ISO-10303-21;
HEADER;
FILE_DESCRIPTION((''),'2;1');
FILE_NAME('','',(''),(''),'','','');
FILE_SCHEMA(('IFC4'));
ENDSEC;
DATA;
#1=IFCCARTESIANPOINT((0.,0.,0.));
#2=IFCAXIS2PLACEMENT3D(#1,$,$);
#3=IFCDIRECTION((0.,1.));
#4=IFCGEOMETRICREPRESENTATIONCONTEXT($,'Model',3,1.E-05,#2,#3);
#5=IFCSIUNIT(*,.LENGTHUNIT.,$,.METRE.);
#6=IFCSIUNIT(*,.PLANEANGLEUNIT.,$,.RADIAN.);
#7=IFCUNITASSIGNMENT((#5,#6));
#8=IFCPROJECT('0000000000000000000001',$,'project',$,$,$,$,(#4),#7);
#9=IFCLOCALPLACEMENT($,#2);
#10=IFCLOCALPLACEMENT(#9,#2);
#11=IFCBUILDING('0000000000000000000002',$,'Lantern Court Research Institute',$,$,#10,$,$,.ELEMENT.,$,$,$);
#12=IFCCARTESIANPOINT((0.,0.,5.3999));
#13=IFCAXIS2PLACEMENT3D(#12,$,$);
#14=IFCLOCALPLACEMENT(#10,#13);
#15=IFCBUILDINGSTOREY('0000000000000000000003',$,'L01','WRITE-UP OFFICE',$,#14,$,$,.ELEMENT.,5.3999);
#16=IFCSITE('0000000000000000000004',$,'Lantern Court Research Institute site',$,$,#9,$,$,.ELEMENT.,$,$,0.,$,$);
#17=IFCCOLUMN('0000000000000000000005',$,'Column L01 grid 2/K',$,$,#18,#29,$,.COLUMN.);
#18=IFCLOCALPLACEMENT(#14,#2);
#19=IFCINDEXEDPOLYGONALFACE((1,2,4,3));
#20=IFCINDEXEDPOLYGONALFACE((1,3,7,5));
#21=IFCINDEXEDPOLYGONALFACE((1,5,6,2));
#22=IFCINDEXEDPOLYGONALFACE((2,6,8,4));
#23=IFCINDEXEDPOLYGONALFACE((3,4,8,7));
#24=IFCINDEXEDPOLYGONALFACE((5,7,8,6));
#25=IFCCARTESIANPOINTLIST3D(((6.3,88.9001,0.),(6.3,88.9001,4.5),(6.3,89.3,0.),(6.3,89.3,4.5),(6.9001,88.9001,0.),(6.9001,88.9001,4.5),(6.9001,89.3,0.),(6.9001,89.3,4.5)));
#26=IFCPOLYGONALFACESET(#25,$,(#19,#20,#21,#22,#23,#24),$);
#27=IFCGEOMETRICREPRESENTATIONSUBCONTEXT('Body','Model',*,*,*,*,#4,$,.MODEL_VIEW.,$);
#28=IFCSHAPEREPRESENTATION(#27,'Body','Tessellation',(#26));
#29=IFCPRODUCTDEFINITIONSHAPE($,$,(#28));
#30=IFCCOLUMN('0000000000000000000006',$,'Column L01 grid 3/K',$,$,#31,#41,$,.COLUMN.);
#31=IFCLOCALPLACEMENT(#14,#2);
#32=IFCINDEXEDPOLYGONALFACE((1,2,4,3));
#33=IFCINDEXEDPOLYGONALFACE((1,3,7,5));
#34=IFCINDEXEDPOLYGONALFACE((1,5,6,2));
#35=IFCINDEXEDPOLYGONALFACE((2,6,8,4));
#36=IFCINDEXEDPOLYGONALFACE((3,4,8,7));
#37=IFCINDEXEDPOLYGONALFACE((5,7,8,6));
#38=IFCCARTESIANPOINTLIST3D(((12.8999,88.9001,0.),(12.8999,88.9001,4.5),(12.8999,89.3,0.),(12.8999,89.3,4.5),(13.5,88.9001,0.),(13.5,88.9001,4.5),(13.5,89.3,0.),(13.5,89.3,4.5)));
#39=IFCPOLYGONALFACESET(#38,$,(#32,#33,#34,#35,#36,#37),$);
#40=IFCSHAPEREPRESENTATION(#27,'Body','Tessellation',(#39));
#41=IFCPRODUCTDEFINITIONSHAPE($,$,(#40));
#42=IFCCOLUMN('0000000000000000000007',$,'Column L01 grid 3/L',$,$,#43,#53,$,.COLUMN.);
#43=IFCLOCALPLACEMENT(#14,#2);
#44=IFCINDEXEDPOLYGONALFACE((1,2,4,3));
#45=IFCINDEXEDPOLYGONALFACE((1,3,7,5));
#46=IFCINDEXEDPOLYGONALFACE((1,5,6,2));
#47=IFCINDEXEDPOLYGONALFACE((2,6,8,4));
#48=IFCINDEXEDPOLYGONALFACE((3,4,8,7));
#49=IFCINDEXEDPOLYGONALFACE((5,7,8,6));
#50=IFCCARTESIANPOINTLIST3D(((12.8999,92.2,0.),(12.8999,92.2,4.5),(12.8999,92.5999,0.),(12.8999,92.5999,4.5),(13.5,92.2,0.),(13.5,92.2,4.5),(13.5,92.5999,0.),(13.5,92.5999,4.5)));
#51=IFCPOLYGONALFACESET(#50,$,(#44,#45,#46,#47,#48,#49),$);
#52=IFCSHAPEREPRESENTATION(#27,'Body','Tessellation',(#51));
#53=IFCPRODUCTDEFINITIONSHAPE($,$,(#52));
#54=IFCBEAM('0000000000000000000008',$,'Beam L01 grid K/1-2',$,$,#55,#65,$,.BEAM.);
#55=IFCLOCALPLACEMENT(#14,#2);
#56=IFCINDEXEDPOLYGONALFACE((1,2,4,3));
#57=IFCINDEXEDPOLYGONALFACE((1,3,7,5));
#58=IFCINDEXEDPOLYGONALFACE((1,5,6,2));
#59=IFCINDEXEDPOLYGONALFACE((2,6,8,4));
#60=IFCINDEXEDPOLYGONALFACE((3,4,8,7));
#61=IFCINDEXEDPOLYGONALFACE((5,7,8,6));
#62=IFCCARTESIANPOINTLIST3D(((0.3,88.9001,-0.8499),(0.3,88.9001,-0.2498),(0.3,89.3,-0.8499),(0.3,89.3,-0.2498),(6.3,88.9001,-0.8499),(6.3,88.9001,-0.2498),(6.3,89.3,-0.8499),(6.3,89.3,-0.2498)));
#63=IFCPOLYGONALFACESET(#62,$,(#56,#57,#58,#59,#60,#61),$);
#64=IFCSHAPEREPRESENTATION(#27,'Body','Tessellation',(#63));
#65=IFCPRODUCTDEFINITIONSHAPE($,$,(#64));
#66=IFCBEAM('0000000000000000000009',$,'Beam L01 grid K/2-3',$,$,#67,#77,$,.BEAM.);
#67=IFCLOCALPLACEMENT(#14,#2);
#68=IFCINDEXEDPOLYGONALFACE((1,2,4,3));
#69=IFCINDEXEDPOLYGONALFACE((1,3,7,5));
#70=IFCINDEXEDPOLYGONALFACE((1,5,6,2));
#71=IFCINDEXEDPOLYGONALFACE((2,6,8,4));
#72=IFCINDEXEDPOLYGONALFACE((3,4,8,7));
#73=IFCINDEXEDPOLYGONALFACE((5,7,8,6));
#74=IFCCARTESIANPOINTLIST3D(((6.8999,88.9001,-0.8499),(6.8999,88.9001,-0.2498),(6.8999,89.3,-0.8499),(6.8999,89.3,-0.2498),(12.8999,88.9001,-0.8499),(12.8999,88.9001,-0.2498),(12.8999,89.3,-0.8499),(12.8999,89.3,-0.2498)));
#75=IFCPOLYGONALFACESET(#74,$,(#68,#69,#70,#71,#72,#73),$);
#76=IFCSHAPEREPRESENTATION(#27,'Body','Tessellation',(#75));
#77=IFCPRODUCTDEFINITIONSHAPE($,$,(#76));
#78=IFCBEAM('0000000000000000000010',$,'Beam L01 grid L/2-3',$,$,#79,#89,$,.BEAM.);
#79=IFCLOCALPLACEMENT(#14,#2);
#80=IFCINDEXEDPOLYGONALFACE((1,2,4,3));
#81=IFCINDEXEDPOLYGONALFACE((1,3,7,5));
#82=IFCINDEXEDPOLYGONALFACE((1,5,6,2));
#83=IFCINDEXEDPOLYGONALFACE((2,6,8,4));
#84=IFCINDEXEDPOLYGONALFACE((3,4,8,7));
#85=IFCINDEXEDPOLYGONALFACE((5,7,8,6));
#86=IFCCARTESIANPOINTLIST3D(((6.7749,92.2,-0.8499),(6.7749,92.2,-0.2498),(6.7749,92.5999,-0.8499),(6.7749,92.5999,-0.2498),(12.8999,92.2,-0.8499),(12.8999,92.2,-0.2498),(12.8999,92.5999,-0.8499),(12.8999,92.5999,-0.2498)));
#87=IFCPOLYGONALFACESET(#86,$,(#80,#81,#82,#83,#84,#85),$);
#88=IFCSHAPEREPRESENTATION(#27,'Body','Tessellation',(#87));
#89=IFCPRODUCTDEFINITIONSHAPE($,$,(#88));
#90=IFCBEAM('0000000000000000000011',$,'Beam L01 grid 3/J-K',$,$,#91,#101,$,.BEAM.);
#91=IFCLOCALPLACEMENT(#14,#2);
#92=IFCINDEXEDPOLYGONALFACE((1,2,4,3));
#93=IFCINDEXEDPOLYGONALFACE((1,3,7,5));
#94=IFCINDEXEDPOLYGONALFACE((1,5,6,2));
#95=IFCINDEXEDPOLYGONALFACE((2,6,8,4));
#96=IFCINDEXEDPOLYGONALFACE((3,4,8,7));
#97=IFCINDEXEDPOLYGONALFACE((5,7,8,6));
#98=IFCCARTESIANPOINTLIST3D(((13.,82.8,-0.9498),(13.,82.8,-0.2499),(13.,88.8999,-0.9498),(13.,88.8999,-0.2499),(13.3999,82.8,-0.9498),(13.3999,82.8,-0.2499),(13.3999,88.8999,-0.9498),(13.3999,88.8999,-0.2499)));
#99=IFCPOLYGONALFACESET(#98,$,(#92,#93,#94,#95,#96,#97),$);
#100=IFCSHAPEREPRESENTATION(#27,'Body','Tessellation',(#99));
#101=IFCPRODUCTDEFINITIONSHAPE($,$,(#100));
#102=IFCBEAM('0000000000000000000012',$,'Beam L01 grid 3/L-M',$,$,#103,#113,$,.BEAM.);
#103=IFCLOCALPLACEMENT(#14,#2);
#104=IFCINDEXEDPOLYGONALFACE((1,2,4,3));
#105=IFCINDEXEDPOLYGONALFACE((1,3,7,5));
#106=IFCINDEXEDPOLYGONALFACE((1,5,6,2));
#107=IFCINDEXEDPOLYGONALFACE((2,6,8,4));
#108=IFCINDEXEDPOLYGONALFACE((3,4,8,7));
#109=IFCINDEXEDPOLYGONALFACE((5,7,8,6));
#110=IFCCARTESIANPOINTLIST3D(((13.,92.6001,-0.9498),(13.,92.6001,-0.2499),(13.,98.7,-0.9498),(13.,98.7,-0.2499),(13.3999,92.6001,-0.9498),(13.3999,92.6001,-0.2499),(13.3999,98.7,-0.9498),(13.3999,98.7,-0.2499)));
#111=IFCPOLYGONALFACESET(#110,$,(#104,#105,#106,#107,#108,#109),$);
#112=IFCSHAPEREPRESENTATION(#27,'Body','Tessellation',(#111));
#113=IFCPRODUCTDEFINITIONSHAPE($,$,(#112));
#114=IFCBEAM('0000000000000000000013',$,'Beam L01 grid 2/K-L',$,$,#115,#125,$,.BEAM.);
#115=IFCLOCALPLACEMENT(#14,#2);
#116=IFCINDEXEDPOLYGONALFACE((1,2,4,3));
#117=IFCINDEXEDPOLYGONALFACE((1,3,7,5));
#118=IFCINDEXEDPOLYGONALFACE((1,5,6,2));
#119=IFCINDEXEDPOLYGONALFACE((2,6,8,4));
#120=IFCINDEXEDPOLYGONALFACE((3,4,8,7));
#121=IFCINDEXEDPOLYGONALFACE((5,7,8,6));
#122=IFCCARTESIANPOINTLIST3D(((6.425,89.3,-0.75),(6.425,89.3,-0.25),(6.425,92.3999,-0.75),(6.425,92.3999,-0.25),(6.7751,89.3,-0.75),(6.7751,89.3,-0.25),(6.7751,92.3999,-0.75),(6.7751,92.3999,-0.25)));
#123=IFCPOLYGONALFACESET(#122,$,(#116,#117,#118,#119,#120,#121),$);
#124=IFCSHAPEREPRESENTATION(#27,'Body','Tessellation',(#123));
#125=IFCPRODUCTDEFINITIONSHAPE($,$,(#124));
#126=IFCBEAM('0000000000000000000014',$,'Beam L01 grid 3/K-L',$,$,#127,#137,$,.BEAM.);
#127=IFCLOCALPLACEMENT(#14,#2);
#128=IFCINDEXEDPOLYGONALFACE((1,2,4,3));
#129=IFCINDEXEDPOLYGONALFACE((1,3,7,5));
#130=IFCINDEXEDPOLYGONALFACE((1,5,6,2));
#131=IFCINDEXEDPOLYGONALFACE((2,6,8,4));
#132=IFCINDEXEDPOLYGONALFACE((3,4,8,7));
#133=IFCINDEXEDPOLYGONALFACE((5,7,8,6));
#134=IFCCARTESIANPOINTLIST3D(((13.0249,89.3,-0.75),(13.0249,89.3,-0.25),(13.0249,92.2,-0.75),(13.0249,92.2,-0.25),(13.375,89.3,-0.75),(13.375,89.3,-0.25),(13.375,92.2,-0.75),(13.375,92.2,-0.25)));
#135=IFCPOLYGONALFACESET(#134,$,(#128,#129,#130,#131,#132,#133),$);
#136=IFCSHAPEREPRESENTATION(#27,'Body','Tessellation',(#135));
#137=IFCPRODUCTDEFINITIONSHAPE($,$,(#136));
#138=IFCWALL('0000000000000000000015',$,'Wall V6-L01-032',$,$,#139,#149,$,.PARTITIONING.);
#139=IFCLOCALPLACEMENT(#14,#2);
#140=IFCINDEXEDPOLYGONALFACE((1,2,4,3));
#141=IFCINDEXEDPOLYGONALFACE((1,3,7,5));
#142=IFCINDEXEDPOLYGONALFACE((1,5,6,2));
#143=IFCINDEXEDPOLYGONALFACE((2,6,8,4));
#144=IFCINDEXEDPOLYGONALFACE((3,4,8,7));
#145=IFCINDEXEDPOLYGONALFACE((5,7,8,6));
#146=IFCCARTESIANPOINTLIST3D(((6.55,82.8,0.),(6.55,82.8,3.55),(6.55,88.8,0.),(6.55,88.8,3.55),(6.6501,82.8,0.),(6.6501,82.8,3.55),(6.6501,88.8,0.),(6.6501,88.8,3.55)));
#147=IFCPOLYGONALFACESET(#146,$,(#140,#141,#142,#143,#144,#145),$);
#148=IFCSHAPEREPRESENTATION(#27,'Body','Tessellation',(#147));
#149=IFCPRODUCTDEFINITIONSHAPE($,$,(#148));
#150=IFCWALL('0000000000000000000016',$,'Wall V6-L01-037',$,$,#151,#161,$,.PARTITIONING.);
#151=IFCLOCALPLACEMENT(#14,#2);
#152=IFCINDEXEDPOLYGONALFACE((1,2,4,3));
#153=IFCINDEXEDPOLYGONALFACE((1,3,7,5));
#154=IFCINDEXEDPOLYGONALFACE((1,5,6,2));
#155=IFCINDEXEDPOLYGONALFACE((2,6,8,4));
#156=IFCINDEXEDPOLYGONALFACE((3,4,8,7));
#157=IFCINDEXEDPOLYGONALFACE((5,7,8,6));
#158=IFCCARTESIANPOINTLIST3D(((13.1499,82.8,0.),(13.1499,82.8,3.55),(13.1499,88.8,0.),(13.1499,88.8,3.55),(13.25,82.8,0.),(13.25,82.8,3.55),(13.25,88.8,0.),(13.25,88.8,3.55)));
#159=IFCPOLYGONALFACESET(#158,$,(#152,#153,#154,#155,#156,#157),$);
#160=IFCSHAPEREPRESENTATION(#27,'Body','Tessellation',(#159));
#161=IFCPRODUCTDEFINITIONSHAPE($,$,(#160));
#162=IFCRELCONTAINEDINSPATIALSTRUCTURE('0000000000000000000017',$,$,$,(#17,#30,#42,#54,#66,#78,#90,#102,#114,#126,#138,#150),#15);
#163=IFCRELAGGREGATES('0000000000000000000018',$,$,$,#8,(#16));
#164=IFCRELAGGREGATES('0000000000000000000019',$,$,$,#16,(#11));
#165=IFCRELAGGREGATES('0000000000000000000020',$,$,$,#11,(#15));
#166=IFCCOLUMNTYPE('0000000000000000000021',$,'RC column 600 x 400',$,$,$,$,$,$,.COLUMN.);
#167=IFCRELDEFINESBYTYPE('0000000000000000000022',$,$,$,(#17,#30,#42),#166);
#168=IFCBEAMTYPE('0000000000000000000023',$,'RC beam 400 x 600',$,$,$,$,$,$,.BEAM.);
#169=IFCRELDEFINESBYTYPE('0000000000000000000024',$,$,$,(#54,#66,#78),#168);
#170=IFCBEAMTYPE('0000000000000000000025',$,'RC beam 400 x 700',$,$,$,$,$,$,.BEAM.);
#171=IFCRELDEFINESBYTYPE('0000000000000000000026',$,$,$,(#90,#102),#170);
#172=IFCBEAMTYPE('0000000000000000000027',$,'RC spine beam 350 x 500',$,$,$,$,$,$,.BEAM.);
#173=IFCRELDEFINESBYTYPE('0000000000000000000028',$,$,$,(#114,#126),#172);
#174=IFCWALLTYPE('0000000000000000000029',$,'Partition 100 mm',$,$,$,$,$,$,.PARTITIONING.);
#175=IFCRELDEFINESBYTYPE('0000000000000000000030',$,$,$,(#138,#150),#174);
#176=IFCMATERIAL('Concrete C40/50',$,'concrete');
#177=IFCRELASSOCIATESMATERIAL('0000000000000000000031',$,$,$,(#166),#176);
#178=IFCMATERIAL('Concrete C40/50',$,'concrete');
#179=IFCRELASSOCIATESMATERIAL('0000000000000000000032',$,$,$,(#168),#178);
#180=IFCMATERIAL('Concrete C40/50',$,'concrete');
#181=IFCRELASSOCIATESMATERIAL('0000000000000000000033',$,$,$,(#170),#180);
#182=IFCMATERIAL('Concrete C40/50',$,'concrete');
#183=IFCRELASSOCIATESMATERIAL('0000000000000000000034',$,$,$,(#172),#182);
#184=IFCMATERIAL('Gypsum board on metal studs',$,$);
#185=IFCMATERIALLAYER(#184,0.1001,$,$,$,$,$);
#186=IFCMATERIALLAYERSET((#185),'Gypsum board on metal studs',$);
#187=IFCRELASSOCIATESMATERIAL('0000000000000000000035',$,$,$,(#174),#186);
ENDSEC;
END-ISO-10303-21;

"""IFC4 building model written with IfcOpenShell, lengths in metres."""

from ifc_helpers import new_model, si_unit, direction, frame, frame_2d, origin, origin_2d, place, context, subcontext, project, spatial, rectangle, extrude, material, layer, layer_set, material_profile, profile_set, type_object, element, save


model = new_model("IFC4")

# Units and contexts
model_context = context("Model", 3, precision=1e-05, world=origin(), true_north=direction((0.0, 1.0)))
body_context = subcontext(model_context, "Body", "Model", "MODEL_VIEW")
ifc_project = project(units=[si_unit("LENGTHUNIT", "METRE"), si_unit("PLANEANGLEUNIT", "RADIAN")], contexts=[model_context])

# Site, building, storey
site_placement = place(None, origin())
site = spatial("IfcSite", under=ifc_project, at=site_placement, Name="Lantern Court Research Institute site", CompositionType="ELEMENT", RefElevation=0.0)
building_placement = place(site_placement, origin())
building = spatial("IfcBuilding", under=site, at=building_placement, Name="Lantern Court Research Institute", CompositionType="ELEMENT")
storey_placement = place(building_placement, frame((0.0, 0.0, 5.3999)))
storey = spatial("IfcBuildingStorey", under=building, at=storey_placement, Name="L01", Description="WRITE-UP OFFICE", CompositionType="ELEMENT", Elevation=5.3999)

# Columns
ifc_material_1 = material(Name="Concrete C40/50", Category="concrete")
ifc_material_profile_1 = material_profile(ifc_material_1, rectangle(XDim=0.6001, YDim=0.3999, at=origin_2d()), Name="RC column 600 x 400")
ifc_profile_set_1 = profile_set([ifc_material_profile_1], Name="Concrete C40/50")
column_type = type_object("IfcColumnType", Name="RC column 600 x 400", PredefinedType="COLUMN", material=ifc_profile_set_1)
for number, where, z_axis, x_axis, name in (
    (1, (6.6001, 89.1001, 0.0), (0.0, 0.0, 1.0), (1.0, 0.0, 0.0), "Column L01 grid 2/K"),
    (2, (13.2, 89.1001, 0.0), (0.0, 0.0, 1.0), (1.0, 0.0, 0.0), "Column L01 grid 3/K"),
    (3, (13.2, 92.3999, 0.0), (0.0, 0.0, 1.0), (1.0, 0.0, 0.0), "Column L01 grid 3/L"),
):
    element("IfcColumn", number, at=place(storey_placement, frame(where, z_axis=z_axis, x_axis=x_axis)), inside=storey, type_object=column_type, Name=name, PredefinedType="COLUMN", context=body_context, shape_type="SweptSolid", body=[
        extrude(rectangle(XDim=0.6001, YDim=0.3999, at=origin_2d()), origin(), (0.0, 0.0, 1.0), 4.5),
    ])

# Beams
ifc_material_2 = material(Name="Concrete C40/50", Category="concrete")
ifc_material_profile_2 = material_profile(ifc_material_2, rectangle(XDim=0.3999, YDim=0.6001, at=origin_2d()), Name="RC beam 400 x 600")
ifc_profile_set_2 = profile_set([ifc_material_profile_2], Name="Concrete C40/50")
beam_type_1 = type_object("IfcBeamType", Name="RC beam 400 x 600", PredefinedType="BEAM", material=ifc_profile_set_2)
for number, where, z_axis, x_axis, name in (
    (4, (0.3, 89.1001, -0.5498), (1.0, 0.0, 0.0), (0.0, 1.0, 0.0), "Beam L01 grid K/1-2"),
    (5, (6.8999, 89.1001, -0.5498), (1.0, 0.0, 0.0), (0.0, 1.0, 0.0), "Beam L01 grid K/2-3"),
):
    element("IfcBeam", number, at=place(storey_placement, frame(where, z_axis=z_axis, x_axis=x_axis)), inside=storey, type_object=beam_type_1, Name=name, PredefinedType="BEAM", context=body_context, shape_type="SweptSolid", body=[
        extrude(rectangle(XDim=0.3999, YDim=0.6001, at=origin_2d()), origin(), (0.0, 0.0, 1.0), 6.0),
    ])
beam_1_placement = place(storey_placement, frame((6.7749, 92.3999, -0.5498), z_axis=(1.0, 0.0, 0.0), x_axis=(0.0, 1.0, 0.0)))
element("IfcBeam", 6, at=beam_1_placement, inside=storey, type_object=beam_type_1, Name="Beam L01 grid L/2-3", PredefinedType="BEAM", context=body_context, shape_type="SweptSolid", body=[
    extrude(rectangle(XDim=0.3999, YDim=0.6001, at=origin_2d()), origin(), (0.0, 0.0, 1.0), 6.125),
])
ifc_material_3 = material(Name="Concrete C40/50", Category="concrete")
ifc_material_profile_3 = material_profile(ifc_material_3, rectangle(XDim=0.3999, YDim=0.7, at=origin_2d()), Name="RC beam 400 x 700")
ifc_profile_set_3 = profile_set([ifc_material_profile_3], Name="Concrete C40/50")
beam_type_2 = type_object("IfcBeamType", Name="RC beam 400 x 700", PredefinedType="BEAM", material=ifc_profile_set_3)
for number, where, z_axis, x_axis, name in (
    (7, (13.2, 82.8, -0.5999), (0.0, 1.0, 0.0), (-1.0, 0.0, 0.0), "Beam L01 grid 3/J-K"),
    (8, (13.2, 92.6001, -0.5999), (0.0, 1.0, 0.0), (-1.0, 0.0, 0.0), "Beam L01 grid 3/L-M"),
):
    element("IfcBeam", number, at=place(storey_placement, frame(where, z_axis=z_axis, x_axis=x_axis)), inside=storey, type_object=beam_type_2, Name=name, PredefinedType="BEAM", context=body_context, shape_type="SweptSolid", body=[
        extrude(rectangle(XDim=0.3999, YDim=0.7, at=origin_2d()), origin(), (0.0, 0.0, 1.0), 6.0999),
    ])
ifc_material_4 = material(Name="Concrete C40/50", Category="concrete")
ifc_material_profile_4 = material_profile(ifc_material_4, rectangle(XDim=0.3501, YDim=0.5, at=origin_2d()), Name="RC beam 350 x 500")
ifc_profile_set_4 = profile_set([ifc_material_profile_4], Name="Concrete C40/50")
beam_type_3 = type_object("IfcBeamType", Name="RC spine beam 350 x 500", PredefinedType="BEAM", material=ifc_profile_set_4)
beam_2_placement = place(storey_placement, frame((6.6001, 89.3, -0.5), z_axis=(0.0, 1.0, 0.0), x_axis=(-1.0, 0.0, 0.0)))
element("IfcBeam", 9, at=beam_2_placement, inside=storey, type_object=beam_type_3, Name="Beam L01 grid 2/K-L", PredefinedType="BEAM", context=body_context, shape_type="SweptSolid", body=[
    extrude(rectangle(XDim=0.3501, YDim=0.5, at=origin_2d()), origin(), (0.0, 0.0, 1.0), 3.0999),
])
beam_3_placement = place(storey_placement, frame((13.2, 89.3, -0.5), z_axis=(0.0, 1.0, 0.0), x_axis=(-1.0, 0.0, 0.0)))
element("IfcBeam", 10, at=beam_3_placement, inside=storey, type_object=beam_type_3, Name="Beam L01 grid 3/K-L", PredefinedType="BEAM", context=body_context, shape_type="SweptSolid", body=[
    extrude(rectangle(XDim=0.3501, YDim=0.5, at=origin_2d()), origin(), (0.0, 0.0, 1.0), 2.8999),
])

# Walls
ifc_material_5 = material(Name="Gypsum board on metal studs")
ifc_layer_1 = layer(ifc_material_5, 0.1001)
ifc_layer_set_1 = layer_set([ifc_layer_1], Name="Gypsum board on metal studs")
wall_type_1 = type_object("IfcWallType", Name="Partition 100 mm", PredefinedType="PARTITIONING", material=ifc_layer_set_1)
for number, where, z_axis, x_axis, name in (
    (11, (6.6001, 82.8, 0.0), (0.0, 0.0, 1.0), (0.0, 1.0, 0.0), "Wall V6-L01-032"),
    (12, (13.2, 82.8, 0.0), (0.0, 0.0, 1.0), (0.0, 1.0, 0.0), "Wall V6-L01-037"),
):
    element("IfcWall", number, at=place(storey_placement, frame(where, z_axis=z_axis, x_axis=x_axis)), inside=storey, type_object=wall_type_1, Name=name, PredefinedType="PARTITIONING", context=body_context, shape_type="SweptSolid", body=[
        extrude(rectangle(XDim=6.0, YDim=0.1001, at=frame_2d((3.0, 0.0))), origin(), (0.0, 0.0, 1.0), 3.55),
    ])

save(model, "model.ifc")
